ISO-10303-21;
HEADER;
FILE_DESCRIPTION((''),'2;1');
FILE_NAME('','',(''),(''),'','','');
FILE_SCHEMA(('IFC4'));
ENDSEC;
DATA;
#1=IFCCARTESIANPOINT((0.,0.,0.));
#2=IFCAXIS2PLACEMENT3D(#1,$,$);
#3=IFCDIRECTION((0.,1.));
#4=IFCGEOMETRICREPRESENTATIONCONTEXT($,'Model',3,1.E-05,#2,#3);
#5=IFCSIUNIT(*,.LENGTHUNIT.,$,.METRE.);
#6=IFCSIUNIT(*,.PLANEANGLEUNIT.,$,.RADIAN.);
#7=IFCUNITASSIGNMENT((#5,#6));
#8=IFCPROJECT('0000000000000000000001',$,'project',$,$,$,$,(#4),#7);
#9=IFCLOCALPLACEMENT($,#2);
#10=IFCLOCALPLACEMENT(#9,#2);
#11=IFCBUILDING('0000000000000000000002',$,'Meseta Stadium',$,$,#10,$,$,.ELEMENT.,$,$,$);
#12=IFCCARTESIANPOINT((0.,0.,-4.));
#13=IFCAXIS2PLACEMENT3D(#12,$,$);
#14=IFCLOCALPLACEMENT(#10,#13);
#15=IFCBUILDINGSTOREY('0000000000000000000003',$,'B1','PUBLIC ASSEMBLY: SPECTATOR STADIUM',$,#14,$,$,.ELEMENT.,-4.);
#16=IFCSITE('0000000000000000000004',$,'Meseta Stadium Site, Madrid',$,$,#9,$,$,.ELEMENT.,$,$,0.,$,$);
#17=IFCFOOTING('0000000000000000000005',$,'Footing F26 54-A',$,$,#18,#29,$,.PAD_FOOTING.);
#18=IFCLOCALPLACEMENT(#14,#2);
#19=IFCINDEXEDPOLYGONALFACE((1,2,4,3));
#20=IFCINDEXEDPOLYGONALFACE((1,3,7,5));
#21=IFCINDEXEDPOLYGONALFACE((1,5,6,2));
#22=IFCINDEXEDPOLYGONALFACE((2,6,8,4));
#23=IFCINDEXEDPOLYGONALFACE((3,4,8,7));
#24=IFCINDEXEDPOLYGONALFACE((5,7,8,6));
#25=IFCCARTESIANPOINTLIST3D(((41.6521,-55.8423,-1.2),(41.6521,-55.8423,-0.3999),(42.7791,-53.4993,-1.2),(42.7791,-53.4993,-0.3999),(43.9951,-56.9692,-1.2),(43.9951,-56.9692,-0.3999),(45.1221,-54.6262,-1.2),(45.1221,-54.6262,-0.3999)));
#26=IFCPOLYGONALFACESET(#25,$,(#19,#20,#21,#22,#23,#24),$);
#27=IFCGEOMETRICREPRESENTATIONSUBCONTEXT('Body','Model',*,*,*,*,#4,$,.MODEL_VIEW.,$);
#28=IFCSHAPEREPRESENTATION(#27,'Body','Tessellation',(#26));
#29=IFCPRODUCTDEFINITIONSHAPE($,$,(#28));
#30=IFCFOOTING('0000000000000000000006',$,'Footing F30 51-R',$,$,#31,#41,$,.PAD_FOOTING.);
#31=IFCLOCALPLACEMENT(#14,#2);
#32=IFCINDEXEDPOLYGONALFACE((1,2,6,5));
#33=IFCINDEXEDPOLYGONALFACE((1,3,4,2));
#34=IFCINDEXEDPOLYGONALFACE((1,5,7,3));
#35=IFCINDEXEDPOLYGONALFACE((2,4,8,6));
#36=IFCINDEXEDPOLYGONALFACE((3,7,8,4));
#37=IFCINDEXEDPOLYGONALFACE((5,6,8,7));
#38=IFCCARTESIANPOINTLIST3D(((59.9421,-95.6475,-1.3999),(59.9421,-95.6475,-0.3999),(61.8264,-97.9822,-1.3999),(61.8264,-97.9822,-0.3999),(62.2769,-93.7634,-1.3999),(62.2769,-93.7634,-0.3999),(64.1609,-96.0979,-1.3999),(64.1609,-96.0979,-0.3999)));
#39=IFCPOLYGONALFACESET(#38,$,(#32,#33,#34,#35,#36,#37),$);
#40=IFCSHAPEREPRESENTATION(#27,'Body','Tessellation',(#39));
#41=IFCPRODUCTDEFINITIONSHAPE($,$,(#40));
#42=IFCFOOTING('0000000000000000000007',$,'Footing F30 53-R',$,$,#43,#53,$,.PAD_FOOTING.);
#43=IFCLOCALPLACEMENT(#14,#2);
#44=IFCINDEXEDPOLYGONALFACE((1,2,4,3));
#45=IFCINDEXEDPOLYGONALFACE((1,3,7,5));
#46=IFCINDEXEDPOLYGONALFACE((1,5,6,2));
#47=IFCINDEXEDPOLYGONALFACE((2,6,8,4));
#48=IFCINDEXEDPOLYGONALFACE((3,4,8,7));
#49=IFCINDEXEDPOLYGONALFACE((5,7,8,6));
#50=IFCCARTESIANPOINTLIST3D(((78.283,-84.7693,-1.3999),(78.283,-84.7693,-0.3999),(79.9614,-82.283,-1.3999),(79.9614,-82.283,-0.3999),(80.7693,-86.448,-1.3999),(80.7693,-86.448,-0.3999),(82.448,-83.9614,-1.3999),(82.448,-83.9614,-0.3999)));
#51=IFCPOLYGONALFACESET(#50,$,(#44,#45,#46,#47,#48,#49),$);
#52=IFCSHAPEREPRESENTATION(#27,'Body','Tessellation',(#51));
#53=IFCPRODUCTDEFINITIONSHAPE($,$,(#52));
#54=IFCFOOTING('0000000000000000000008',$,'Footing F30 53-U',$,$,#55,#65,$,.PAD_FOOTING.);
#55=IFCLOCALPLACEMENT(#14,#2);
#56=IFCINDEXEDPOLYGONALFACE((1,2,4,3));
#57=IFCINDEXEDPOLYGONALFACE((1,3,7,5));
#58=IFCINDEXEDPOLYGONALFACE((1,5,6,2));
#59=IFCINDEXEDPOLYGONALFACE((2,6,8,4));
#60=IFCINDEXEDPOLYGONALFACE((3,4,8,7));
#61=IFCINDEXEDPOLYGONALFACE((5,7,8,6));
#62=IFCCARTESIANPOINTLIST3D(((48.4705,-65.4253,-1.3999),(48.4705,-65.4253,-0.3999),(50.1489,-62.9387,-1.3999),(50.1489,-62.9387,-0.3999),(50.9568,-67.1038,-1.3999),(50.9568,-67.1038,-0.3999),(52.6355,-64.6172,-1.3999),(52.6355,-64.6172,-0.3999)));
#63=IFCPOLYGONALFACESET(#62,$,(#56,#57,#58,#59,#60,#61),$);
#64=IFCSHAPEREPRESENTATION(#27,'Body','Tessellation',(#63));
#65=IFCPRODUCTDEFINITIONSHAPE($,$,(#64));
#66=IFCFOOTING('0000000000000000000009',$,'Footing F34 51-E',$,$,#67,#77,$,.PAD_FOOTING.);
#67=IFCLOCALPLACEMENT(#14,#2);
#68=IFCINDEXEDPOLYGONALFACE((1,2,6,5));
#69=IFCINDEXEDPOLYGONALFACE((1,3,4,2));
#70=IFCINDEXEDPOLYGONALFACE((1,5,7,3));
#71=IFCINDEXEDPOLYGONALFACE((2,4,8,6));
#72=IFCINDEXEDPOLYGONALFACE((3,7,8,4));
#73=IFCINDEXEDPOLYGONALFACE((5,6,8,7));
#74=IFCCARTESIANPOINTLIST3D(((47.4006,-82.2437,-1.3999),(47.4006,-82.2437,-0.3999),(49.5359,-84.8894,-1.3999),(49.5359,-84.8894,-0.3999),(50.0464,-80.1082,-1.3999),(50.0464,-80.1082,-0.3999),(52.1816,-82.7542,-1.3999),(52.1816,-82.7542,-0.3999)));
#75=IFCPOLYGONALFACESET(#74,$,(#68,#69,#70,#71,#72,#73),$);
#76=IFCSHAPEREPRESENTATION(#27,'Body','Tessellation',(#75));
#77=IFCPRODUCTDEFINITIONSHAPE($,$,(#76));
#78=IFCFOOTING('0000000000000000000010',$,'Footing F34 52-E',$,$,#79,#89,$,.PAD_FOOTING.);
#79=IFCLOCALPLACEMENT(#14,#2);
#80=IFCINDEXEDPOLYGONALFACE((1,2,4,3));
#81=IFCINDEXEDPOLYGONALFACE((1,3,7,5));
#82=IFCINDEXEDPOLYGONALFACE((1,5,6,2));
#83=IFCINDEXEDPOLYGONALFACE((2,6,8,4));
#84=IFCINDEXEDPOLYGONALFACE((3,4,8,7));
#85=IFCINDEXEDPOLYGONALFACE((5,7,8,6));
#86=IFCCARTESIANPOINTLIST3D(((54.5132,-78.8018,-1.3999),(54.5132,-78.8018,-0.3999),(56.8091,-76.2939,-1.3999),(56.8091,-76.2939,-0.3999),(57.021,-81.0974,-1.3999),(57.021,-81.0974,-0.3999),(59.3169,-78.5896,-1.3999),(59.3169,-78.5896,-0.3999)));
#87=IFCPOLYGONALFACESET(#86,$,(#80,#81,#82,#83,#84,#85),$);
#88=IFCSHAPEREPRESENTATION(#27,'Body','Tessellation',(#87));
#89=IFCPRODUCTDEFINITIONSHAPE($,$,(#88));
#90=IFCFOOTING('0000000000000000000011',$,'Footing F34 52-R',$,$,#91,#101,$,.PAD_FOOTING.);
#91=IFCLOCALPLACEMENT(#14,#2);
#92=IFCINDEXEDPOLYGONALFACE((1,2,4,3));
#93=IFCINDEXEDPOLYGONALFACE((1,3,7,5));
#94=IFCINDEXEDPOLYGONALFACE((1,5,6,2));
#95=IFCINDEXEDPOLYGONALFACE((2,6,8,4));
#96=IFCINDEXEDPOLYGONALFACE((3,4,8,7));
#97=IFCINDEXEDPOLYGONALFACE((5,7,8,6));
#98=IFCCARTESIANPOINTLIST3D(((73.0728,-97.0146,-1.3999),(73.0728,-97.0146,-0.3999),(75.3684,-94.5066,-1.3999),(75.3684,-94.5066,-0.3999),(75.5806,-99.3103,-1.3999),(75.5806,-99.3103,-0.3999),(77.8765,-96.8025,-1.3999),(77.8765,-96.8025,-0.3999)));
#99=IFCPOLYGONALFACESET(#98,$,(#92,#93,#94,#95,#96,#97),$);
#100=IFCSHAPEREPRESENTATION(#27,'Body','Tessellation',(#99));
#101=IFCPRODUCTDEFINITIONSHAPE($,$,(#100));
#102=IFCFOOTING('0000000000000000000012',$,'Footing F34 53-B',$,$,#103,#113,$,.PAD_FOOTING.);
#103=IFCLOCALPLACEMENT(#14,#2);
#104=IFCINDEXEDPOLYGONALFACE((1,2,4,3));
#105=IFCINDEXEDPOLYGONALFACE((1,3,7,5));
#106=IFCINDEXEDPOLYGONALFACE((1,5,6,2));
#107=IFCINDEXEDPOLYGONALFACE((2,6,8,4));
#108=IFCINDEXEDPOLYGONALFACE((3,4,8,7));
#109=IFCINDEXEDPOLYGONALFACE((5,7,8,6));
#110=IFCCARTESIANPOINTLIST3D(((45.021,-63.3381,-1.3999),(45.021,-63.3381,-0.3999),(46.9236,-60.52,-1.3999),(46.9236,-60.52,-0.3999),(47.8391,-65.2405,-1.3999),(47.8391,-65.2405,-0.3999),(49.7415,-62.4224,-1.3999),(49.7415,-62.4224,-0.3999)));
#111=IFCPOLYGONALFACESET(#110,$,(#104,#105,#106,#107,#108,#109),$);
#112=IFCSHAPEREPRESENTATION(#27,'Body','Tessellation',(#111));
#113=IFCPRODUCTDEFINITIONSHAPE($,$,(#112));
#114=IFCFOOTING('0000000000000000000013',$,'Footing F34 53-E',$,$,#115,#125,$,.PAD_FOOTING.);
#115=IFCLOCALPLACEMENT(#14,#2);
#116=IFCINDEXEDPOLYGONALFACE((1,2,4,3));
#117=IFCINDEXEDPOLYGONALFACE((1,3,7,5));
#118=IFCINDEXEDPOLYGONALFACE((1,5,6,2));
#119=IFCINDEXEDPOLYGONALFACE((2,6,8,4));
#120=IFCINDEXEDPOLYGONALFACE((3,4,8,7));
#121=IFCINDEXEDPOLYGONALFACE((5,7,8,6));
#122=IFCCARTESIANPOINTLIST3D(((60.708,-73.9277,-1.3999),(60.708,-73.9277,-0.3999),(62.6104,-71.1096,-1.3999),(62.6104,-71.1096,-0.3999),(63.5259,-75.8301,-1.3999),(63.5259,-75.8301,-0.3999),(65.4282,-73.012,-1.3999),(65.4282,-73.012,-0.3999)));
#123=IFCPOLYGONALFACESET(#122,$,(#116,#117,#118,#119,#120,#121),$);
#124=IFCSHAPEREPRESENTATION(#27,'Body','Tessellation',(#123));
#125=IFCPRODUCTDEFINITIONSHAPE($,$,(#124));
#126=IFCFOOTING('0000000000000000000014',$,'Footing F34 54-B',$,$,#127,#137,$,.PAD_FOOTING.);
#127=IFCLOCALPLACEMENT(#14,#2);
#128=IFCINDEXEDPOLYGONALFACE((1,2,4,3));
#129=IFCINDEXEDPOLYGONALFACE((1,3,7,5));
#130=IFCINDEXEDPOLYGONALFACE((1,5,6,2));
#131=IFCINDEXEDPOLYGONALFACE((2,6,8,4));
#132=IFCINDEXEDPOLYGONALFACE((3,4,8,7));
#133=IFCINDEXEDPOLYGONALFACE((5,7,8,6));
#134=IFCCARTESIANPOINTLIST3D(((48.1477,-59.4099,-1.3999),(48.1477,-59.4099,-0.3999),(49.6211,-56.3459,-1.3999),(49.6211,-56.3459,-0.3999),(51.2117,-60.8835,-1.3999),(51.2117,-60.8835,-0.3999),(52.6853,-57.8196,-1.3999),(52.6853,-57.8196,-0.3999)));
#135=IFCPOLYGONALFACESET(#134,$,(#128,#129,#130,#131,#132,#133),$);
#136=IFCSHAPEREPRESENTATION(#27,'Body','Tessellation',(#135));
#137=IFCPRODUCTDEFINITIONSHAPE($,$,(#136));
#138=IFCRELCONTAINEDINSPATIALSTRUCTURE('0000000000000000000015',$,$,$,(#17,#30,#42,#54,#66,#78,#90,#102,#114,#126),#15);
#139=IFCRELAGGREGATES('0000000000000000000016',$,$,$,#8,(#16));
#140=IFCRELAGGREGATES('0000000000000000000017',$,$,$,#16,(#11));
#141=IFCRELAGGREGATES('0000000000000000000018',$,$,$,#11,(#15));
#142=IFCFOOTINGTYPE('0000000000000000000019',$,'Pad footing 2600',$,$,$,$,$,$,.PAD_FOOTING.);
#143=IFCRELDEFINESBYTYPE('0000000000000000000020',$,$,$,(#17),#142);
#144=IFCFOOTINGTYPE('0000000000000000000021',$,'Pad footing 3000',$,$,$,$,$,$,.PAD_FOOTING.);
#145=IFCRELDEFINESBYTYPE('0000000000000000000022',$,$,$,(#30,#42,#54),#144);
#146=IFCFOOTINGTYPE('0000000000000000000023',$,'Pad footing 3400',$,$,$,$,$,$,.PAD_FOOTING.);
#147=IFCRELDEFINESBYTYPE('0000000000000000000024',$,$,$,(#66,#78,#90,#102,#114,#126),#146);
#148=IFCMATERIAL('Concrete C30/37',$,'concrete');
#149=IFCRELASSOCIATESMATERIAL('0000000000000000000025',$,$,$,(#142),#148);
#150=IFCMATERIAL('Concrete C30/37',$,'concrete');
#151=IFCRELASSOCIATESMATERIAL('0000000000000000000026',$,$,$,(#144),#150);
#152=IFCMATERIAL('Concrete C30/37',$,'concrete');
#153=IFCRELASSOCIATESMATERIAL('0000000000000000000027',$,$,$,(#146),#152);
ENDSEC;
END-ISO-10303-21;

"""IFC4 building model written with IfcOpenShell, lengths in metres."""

from ifc_helpers import new_model, si_unit, direction, frame, origin, place, context, subcontext, project, spatial, polyline, outline, extrude, material, type_object, element, save


model = new_model("IFC4")

# Units and contexts
model_context = context("Model", 3, precision=1e-05, world=origin(), true_north=direction((0.0, 1.0)))
body_context = subcontext(model_context, "Body", "Model", "MODEL_VIEW")
ifc_project = project(units=[si_unit("LENGTHUNIT", "METRE"), si_unit("PLANEANGLEUNIT", "RADIAN")], contexts=[model_context])

# Site, building, storey
site_placement = place(None, origin())
site = spatial("IfcSite", under=ifc_project, at=site_placement, Name="Meseta Stadium Site, Madrid", CompositionType="ELEMENT", RefElevation=0.0)
building_placement = place(site_placement, origin())
building = spatial("IfcBuilding", under=site, at=building_placement, Name="Meseta Stadium", CompositionType="ELEMENT")
storey_placement = place(building_placement, frame((0.0, 0.0, -4.0)))
storey = spatial("IfcBuildingStorey", under=building, at=storey_placement, Name="B1", Description="PUBLIC ASSEMBLY: SPECTATOR STADIUM", CompositionType="ELEMENT", Elevation=-4.0)

# Footings
ifc_material_1 = material(Name="Concrete C30/37", Category="concrete")
footing_type_1 = type_object("IfcFootingType", Name="Pad footing 2600", PredefinedType="PAD_FOOTING", material=ifc_material_1)
footing_1_placement = place(storey_placement, frame((0.0, 0.0, -1.2)))
element("IfcFooting", 1, at=footing_1_placement, inside=storey, type_object=footing_type_1, Name="Footing F26 54-A", PredefinedType="PAD_FOOTING", context=body_context, shape_type="SweptSolid", body=[
    extrude(outline(polyline([(41.6521, -55.8423), (43.9951, -56.9692), (45.1221, -54.6262), (42.7791, -53.4993), (41.6521, -55.8423)])), origin(), (0.0, 0.0, 1.0), 0.8),
])
ifc_material_2 = material(Name="Concrete C30/37", Category="concrete")
footing_type_2 = type_object("IfcFootingType", Name="Pad footing 3000", PredefinedType="PAD_FOOTING", material=ifc_material_2)
footing_2_placement = place(storey_placement, frame((0.0, 0.0, -1.3999)))
element("IfcFooting", 2, at=footing_2_placement, inside=storey, type_object=footing_type_2, Name="Footing F30 51-R", PredefinedType="PAD_FOOTING", context=body_context, shape_type="SweptSolid", body=[
    extrude(outline(polyline([(59.9421, -95.6475), (61.8264, -97.9822), (64.1609, -96.0979), (62.2769, -93.7634), (59.9421, -95.6475)])), origin(), (0.0, 0.0, 1.0), 1.0),
])
footing_3_placement = place(storey_placement, frame((0.0, 0.0, -1.3999)))
element("IfcFooting", 3, at=footing_3_placement, inside=storey, type_object=footing_type_2, Name="Footing F30 53-R", PredefinedType="PAD_FOOTING", context=body_context, shape_type="SweptSolid", body=[
    extrude(outline(polyline([(78.283, -84.7693), (80.7693, -86.448), (82.448, -83.9614), (79.9614, -82.283), (78.283, -84.7693)])), origin(), (0.0, 0.0, 1.0), 1.0),
])
footing_4_placement = place(storey_placement, frame((0.0, 0.0, -1.3999)))
element("IfcFooting", 4, at=footing_4_placement, inside=storey, type_object=footing_type_2, Name="Footing F30 53-U", PredefinedType="PAD_FOOTING", context=body_context, shape_type="SweptSolid", body=[
    extrude(outline(polyline([(48.4705, -65.4253), (50.9568, -67.1038), (52.6355, -64.6172), (50.1489, -62.9387), (48.4705, -65.4253)])), origin(), (0.0, 0.0, 1.0), 1.0),
])
ifc_material_3 = material(Name="Concrete C30/37", Category="concrete")
footing_type_3 = type_object("IfcFootingType", Name="Pad footing 3400", PredefinedType="PAD_FOOTING", material=ifc_material_3)
footing_5_placement = place(storey_placement, frame((0.0, 0.0, -1.3999)))
element("IfcFooting", 5, at=footing_5_placement, inside=storey, type_object=footing_type_3, Name="Footing F34 51-E", PredefinedType="PAD_FOOTING", context=body_context, shape_type="SweptSolid", body=[
    extrude(outline(polyline([(47.4006, -82.2437), (49.5359, -84.8894), (52.1816, -82.7542), (50.0464, -80.1082), (47.4006, -82.2437)])), origin(), (0.0, 0.0, 1.0), 1.0),
])
footing_6_placement = place(storey_placement, frame((0.0, 0.0, -1.3999)))
element("IfcFooting", 6, at=footing_6_placement, inside=storey, type_object=footing_type_3, Name="Footing F34 52-E", PredefinedType="PAD_FOOTING", context=body_context, shape_type="SweptSolid", body=[
    extrude(outline(polyline([(54.5132, -78.8018), (57.021, -81.0974), (59.3169, -78.5896), (56.8091, -76.2939), (54.5132, -78.8018)])), origin(), (0.0, 0.0, 1.0), 1.0),
])
footing_7_placement = place(storey_placement, frame((0.0, 0.0, -1.3999)))
element("IfcFooting", 7, at=footing_7_placement, inside=storey, type_object=footing_type_3, Name="Footing F34 52-R", PredefinedType="PAD_FOOTING", context=body_context, shape_type="SweptSolid", body=[
    extrude(outline(polyline([(73.0728, -97.0146), (75.5806, -99.3103), (77.8765, -96.8025), (75.3684, -94.5066), (73.0728, -97.0146)])), origin(), (0.0, 0.0, 1.0), 1.0),
])
footing_8_placement = place(storey_placement, frame((0.0, 0.0, -1.3999)))
element("IfcFooting", 8, at=footing_8_placement, inside=storey, type_object=footing_type_3, Name="Footing F34 53-B", PredefinedType="PAD_FOOTING", context=body_context, shape_type="SweptSolid", body=[
    extrude(outline(polyline([(45.021, -63.3381), (47.8391, -65.2405), (49.7415, -62.4224), (46.9236, -60.52), (45.021, -63.3381)])), origin(), (0.0, 0.0, 1.0), 1.0),
])
footing_9_placement = place(storey_placement, frame((0.0, 0.0, -1.3999)))
element("IfcFooting", 9, at=footing_9_placement, inside=storey, type_object=footing_type_3, Name="Footing F34 53-E", PredefinedType="PAD_FOOTING", context=body_context, shape_type="SweptSolid", body=[
    extrude(outline(polyline([(60.708, -73.9277), (63.5259, -75.8301), (65.4282, -73.012), (62.6104, -71.1096), (60.708, -73.9277)])), origin(), (0.0, 0.0, 1.0), 1.0),
])
footing_10_placement = place(storey_placement, frame((0.0, 0.0, -1.3999)))
element("IfcFooting", 10, at=footing_10_placement, inside=storey, type_object=footing_type_3, Name="Footing F34 54-B", PredefinedType="PAD_FOOTING", context=body_context, shape_type="SweptSolid", body=[
    extrude(outline(polyline([(48.1477, -59.4099), (51.2117, -60.8835), (52.6853, -57.8196), (49.6211, -56.3459), (48.1477, -59.4099)])), origin(), (0.0, 0.0, 1.0), 1.0),
])

save(model, "model.ifc")
